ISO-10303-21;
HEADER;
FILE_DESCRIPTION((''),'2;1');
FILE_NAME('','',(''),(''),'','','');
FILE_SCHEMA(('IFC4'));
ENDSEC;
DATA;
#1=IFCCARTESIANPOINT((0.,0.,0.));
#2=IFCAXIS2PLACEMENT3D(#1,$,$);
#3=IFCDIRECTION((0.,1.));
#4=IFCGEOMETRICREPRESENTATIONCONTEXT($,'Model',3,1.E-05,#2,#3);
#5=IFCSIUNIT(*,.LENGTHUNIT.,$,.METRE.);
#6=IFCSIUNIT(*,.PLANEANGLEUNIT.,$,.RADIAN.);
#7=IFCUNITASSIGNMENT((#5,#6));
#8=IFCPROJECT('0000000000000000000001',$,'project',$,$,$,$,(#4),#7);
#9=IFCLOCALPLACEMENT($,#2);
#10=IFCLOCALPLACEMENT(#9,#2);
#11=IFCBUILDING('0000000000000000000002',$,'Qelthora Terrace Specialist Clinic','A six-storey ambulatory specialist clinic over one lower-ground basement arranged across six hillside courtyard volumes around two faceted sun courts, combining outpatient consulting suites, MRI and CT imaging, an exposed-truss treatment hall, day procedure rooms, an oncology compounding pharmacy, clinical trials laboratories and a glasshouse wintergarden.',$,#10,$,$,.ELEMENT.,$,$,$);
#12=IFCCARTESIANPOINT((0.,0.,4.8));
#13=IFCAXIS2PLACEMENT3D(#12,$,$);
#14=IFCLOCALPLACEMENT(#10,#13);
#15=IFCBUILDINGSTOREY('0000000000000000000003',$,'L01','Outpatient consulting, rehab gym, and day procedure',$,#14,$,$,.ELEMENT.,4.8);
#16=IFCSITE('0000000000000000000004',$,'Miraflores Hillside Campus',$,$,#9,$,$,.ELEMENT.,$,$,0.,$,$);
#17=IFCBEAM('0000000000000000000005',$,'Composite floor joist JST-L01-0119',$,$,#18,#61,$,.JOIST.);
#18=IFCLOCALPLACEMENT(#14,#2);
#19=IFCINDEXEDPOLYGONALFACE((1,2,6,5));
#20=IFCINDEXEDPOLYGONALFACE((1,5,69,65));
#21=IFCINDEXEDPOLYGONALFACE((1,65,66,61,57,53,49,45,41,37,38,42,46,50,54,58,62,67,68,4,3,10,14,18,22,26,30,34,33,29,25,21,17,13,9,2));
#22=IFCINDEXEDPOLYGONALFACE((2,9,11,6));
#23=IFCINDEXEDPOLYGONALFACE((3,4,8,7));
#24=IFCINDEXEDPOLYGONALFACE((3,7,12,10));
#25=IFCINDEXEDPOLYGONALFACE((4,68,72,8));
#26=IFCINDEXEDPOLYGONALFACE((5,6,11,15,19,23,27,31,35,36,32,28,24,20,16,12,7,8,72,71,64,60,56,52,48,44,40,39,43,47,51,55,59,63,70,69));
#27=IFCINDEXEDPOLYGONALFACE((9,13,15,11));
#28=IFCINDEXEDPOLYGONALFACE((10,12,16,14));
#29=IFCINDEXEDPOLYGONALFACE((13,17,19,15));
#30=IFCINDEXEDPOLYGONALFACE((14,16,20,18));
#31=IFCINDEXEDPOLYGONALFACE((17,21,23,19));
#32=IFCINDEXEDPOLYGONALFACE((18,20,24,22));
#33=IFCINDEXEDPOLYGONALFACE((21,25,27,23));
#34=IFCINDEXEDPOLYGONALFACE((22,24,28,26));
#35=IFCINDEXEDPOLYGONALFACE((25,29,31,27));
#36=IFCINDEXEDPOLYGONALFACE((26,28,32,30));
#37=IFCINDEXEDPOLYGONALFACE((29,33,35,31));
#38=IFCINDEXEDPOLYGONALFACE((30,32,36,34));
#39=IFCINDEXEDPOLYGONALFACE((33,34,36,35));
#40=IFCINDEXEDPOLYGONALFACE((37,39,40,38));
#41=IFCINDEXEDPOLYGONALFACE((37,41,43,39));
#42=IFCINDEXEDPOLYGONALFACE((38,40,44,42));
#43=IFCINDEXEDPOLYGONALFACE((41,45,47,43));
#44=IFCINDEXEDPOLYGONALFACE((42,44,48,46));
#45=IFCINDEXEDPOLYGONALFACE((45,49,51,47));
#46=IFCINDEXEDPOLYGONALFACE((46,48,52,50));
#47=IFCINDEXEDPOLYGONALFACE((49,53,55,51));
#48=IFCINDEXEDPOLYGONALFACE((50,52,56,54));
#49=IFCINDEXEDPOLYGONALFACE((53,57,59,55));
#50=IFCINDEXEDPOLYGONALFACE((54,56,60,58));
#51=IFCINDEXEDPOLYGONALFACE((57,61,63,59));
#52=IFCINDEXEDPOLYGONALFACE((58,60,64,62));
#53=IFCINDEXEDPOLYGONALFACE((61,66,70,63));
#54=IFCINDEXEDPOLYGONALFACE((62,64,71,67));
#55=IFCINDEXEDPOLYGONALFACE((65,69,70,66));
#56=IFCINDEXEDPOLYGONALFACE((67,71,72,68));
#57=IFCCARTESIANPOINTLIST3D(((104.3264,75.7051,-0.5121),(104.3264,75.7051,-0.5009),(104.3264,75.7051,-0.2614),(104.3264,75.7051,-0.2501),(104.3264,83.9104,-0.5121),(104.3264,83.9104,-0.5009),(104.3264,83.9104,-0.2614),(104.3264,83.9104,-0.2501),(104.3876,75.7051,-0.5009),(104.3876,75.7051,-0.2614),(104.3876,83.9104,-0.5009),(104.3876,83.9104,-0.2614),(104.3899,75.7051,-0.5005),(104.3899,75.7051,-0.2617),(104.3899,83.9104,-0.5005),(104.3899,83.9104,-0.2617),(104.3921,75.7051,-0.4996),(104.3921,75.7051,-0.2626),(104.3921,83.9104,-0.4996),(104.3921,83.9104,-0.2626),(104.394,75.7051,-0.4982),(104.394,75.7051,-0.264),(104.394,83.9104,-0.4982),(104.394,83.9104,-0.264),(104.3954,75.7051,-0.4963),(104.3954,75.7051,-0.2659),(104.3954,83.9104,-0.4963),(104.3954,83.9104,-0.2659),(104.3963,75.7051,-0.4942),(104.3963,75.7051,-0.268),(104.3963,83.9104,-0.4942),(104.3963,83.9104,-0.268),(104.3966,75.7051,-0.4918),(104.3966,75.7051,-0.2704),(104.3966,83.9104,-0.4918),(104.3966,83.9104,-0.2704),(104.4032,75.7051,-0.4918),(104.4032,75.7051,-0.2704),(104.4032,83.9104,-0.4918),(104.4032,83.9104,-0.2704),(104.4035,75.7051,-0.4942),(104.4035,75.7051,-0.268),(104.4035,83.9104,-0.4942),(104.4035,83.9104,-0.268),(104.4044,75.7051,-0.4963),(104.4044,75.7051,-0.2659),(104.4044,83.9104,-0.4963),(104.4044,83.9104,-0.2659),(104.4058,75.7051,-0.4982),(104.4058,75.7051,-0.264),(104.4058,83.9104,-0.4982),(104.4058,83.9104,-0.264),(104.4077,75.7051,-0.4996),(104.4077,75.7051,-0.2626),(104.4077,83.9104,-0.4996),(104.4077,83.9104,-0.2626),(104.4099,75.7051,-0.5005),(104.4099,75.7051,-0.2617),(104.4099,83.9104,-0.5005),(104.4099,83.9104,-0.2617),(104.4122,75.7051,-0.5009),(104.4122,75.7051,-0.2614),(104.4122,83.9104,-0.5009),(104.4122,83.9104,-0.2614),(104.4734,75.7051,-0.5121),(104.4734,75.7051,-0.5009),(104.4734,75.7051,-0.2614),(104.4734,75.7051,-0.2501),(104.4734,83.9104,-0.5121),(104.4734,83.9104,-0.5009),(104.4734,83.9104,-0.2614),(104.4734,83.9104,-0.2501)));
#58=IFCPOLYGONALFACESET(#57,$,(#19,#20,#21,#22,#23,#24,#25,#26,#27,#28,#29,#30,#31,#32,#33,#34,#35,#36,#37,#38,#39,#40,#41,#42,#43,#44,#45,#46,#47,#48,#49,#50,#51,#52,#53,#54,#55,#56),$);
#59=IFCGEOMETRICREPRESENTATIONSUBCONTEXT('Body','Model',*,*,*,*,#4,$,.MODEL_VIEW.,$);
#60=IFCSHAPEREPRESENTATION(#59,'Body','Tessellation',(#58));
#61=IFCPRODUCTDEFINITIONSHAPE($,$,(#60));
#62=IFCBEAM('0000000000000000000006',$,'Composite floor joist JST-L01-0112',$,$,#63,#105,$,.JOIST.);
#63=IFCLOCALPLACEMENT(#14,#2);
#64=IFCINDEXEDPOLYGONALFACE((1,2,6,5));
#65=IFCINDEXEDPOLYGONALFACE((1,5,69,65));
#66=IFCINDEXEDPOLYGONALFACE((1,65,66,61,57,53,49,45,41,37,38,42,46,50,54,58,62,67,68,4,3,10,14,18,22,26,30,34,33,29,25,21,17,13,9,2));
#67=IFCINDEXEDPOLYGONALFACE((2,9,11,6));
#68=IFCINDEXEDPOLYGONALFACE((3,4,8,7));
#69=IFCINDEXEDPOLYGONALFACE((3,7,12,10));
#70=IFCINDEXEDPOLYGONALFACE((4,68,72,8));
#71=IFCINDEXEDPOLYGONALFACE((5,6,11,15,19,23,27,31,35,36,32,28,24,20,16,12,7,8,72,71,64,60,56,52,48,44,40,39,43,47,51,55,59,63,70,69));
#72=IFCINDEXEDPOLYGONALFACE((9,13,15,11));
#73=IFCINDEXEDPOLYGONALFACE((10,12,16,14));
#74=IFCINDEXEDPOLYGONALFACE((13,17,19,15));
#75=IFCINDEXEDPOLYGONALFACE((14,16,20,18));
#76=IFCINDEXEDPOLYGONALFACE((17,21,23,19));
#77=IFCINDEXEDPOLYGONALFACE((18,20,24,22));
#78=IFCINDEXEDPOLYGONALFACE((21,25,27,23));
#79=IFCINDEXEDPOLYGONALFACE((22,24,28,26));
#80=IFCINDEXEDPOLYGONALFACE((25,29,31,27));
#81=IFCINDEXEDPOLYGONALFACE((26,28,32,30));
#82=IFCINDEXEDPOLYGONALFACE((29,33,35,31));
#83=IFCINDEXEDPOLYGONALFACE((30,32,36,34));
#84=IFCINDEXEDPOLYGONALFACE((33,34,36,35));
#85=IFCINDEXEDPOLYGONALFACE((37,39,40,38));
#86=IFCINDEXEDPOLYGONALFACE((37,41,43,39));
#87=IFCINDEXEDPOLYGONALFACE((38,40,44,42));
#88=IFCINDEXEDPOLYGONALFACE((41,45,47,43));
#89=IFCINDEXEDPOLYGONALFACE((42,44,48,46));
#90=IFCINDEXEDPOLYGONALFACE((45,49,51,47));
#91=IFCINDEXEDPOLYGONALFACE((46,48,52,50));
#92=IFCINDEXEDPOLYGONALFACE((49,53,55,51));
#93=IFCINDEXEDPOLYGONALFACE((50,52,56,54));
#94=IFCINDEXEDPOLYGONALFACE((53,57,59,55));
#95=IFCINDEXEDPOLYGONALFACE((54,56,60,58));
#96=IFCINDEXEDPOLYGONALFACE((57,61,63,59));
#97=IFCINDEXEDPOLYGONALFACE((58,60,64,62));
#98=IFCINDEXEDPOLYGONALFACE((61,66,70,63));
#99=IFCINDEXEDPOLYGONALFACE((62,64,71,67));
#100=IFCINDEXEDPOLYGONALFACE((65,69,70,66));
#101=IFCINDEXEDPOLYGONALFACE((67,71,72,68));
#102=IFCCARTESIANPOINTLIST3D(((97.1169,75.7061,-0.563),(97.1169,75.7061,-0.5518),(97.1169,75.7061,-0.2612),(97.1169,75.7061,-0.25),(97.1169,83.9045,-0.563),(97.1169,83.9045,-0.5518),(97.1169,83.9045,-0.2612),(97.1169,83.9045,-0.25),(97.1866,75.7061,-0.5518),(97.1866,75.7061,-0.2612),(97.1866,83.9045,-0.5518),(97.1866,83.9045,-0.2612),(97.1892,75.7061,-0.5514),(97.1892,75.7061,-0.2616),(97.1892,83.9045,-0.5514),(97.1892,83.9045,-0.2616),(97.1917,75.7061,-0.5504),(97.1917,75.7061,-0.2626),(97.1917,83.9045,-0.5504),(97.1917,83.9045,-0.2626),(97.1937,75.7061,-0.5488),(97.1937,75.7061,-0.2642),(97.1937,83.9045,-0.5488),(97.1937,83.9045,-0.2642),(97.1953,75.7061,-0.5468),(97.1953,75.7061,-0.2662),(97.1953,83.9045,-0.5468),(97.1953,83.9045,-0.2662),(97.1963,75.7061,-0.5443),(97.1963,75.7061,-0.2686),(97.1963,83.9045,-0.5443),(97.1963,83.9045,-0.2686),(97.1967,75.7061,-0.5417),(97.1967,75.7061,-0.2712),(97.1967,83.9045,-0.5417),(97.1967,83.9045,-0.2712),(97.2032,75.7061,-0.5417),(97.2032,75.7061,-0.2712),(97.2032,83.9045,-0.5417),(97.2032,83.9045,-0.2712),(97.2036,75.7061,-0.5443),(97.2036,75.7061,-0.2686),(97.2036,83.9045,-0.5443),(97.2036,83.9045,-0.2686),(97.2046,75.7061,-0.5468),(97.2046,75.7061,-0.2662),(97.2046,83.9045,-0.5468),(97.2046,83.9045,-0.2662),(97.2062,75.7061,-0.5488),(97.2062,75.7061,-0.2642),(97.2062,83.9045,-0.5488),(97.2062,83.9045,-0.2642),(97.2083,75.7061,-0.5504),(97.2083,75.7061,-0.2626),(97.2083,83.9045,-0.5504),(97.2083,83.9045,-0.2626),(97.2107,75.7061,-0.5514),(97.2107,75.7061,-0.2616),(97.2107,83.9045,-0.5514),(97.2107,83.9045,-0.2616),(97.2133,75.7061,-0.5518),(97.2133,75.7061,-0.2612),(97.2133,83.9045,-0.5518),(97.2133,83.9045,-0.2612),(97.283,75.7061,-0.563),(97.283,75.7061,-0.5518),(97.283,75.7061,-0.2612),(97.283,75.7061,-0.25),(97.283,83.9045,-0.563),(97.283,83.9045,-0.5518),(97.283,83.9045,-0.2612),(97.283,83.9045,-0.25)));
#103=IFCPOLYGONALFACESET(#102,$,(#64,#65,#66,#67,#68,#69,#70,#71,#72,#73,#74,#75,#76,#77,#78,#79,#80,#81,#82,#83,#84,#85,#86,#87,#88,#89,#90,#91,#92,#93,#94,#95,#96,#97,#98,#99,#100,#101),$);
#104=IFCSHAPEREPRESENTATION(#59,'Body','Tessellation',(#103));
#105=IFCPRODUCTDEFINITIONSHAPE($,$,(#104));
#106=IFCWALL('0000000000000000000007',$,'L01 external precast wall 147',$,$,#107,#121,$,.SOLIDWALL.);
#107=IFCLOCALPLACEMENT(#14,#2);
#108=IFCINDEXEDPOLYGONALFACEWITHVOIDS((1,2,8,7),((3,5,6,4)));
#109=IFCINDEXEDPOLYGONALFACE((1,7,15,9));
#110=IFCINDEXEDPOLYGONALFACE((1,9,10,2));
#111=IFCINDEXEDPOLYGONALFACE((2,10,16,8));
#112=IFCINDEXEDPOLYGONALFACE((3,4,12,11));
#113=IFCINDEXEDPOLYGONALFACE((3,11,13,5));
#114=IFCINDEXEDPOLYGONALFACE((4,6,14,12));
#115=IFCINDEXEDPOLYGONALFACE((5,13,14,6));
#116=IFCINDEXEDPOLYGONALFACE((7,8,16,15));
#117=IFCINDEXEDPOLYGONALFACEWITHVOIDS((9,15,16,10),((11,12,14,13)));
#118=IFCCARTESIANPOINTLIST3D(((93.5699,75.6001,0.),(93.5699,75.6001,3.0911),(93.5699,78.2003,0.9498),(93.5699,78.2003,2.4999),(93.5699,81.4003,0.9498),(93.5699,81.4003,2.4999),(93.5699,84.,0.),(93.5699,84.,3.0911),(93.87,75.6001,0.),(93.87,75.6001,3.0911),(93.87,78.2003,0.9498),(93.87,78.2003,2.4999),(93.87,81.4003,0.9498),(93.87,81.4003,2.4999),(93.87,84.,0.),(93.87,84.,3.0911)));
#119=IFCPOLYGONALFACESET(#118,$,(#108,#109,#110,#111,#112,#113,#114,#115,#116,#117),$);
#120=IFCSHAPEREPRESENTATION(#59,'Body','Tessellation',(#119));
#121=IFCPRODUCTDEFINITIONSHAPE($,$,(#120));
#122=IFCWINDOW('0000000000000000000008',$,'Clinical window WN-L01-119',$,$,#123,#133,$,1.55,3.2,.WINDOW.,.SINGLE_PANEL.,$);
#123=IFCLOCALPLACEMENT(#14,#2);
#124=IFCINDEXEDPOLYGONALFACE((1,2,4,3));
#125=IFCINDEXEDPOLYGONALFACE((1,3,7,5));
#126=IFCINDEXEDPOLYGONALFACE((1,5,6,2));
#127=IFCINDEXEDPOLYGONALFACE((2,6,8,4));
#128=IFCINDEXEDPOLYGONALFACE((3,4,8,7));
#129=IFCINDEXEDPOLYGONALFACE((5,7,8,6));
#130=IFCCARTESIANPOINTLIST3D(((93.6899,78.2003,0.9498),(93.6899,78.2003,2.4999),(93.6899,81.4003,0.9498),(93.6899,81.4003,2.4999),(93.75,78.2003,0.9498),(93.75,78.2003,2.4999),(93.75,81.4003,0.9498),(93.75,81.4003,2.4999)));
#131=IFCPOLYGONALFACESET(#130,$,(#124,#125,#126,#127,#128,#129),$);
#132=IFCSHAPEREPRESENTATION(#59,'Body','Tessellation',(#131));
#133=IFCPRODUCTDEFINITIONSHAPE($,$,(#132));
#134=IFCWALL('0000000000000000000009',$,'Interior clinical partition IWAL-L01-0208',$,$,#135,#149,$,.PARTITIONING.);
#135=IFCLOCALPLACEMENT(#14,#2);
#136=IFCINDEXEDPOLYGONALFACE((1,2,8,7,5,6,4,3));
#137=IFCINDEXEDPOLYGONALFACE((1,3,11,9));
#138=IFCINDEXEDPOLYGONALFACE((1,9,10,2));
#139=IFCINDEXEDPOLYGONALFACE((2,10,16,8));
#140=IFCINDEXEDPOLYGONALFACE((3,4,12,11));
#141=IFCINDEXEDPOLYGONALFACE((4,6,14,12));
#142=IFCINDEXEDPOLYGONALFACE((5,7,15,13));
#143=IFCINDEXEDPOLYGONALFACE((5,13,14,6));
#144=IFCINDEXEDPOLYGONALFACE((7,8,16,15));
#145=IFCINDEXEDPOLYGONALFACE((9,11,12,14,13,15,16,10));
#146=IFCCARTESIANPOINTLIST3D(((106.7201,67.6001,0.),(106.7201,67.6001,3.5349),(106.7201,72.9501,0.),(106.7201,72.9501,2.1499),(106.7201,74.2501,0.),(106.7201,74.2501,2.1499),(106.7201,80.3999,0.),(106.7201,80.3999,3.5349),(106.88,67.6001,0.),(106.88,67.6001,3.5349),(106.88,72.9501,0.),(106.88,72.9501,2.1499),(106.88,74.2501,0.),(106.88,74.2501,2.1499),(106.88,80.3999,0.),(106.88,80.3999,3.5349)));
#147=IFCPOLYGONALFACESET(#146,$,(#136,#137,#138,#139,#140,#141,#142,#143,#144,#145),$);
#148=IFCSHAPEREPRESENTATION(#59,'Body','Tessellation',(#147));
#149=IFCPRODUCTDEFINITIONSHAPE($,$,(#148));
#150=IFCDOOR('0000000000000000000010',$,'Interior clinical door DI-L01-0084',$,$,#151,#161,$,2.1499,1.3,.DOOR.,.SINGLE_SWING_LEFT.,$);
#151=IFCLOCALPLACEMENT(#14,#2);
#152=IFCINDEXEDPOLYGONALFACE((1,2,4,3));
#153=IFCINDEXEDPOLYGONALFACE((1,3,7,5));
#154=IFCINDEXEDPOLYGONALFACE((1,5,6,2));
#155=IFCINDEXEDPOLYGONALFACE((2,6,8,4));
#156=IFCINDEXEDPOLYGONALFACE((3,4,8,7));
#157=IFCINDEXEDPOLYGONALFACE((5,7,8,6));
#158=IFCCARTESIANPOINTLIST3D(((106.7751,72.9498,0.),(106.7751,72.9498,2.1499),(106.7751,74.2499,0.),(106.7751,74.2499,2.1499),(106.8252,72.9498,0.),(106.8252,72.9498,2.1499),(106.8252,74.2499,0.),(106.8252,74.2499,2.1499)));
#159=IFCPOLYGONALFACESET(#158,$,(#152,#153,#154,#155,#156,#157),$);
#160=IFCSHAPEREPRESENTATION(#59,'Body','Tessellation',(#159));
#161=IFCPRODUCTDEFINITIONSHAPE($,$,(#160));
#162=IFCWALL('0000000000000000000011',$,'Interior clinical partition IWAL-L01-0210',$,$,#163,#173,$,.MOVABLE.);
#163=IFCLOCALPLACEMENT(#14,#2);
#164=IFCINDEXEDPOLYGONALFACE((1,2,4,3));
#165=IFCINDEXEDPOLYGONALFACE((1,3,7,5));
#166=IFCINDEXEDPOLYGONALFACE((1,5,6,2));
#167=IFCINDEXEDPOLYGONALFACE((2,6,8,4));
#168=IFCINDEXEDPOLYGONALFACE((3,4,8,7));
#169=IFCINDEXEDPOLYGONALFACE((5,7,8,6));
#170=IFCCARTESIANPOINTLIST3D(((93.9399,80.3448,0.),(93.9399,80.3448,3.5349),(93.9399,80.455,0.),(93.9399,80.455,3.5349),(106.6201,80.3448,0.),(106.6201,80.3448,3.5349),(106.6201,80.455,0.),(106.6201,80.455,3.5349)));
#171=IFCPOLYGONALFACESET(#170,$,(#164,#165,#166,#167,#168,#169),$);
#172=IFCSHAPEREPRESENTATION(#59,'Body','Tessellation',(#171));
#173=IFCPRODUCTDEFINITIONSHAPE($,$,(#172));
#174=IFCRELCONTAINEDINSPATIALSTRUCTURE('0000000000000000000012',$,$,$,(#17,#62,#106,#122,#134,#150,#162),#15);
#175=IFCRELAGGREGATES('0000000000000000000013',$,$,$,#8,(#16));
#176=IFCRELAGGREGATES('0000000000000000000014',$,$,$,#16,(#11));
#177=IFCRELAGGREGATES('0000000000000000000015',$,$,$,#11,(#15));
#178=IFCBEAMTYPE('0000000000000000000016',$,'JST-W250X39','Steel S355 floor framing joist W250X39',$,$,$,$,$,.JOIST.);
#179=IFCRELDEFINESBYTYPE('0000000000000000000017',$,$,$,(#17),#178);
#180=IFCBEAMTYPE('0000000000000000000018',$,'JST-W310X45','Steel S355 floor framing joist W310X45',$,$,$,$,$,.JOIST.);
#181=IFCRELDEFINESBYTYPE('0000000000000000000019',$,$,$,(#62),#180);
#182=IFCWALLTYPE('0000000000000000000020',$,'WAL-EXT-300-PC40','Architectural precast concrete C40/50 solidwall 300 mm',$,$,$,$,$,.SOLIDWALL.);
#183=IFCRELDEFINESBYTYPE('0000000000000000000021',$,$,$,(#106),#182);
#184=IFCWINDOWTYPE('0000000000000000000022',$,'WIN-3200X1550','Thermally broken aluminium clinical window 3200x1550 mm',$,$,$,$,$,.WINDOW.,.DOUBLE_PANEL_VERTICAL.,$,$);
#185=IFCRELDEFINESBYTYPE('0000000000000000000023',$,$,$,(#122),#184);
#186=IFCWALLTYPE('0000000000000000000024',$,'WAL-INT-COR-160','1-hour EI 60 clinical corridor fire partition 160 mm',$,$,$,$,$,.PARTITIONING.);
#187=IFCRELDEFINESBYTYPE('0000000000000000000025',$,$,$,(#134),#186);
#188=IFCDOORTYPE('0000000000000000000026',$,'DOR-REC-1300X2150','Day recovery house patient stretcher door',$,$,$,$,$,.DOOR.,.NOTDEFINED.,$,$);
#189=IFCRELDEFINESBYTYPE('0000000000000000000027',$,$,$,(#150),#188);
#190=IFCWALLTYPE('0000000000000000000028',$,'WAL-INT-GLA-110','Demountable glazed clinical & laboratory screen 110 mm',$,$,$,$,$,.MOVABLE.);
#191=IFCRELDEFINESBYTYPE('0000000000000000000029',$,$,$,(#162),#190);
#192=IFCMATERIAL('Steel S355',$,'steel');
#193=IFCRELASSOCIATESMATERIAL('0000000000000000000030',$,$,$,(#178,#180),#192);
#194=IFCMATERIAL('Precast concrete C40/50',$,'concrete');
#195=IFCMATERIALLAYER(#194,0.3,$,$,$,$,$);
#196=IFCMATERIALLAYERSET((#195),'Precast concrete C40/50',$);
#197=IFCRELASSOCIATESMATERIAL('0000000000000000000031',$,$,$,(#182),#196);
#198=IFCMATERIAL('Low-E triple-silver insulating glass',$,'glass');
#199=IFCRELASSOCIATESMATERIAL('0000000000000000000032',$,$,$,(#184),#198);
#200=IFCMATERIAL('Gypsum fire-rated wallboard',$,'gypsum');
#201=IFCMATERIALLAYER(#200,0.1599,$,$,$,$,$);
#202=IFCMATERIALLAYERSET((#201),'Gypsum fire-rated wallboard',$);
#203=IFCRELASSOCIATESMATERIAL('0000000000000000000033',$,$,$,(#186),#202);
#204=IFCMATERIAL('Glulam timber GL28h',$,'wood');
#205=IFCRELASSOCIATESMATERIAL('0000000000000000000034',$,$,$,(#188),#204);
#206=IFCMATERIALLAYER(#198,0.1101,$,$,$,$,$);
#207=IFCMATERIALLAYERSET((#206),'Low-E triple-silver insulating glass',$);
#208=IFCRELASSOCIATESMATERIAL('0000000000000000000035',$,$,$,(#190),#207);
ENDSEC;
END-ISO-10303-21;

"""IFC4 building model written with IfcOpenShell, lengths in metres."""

from ifc_helpers import new_model, si_unit, direction, frame, frame_2d, origin, origin_2d, place, context, subcontext, project, spatial, rectangle, i_section, extrude, material, layer, layer_set, material_profile, profile_set, type_object, element, fill, save


model = new_model("IFC4")

# Units and contexts
model_context = context("Model", 3, precision=1e-05, world=origin(), true_north=direction((0.0, 1.0)))
body_context = subcontext(model_context, "Body", "Model", "MODEL_VIEW")
ifc_project = project(units=[si_unit("LENGTHUNIT", "METRE"), si_unit("PLANEANGLEUNIT", "RADIAN")], contexts=[model_context])

# Site, building, storey
site_placement = place(None, origin())
site = spatial("IfcSite", under=ifc_project, at=site_placement, Name="Miraflores Hillside Campus", CompositionType="ELEMENT", RefElevation=0.0)
building_placement = place(site_placement, origin())
building = spatial("IfcBuilding", under=site, at=building_placement, Name="Qelthora Terrace Specialist Clinic", Description="A six-storey ambulatory specialist clinic over one lower-ground basement arranged across six hillside courtyard volumes around two faceted sun courts, combining outpatient consulting suites, MRI and CT imaging, an exposed-truss treatment hall, day procedure rooms, an oncology compounding pharmacy, clinical trials laboratories and a glasshouse wintergarden.", CompositionType="ELEMENT")
storey_placement = place(building_placement, frame((0.0, 0.0, 4.8)))
storey = spatial("IfcBuildingStorey", under=building, at=storey_placement, Name="L01", Description="Outpatient consulting, rehab gym, and day procedure", CompositionType="ELEMENT", Elevation=4.8)

# Shared definitions
ifc_material_1 = material(Name="Steel S355", Category="steel")

# Beams
ifc_material_profile_1 = material_profile(ifc_material_1, i_section(OverallWidth=0.147, OverallDepth=0.262, WebThickness=0.0066, FlangeThickness=0.0112, FilletRadius=0.009, at=origin_2d()), Name="W250X39")
ifc_profile_set_1 = profile_set([ifc_material_profile_1], Name="Steel S355")
beam_type_1 = type_object("IfcBeamType", Name="JST-W250X39", Description="Steel S355 floor framing joist W250X39", PredefinedType="JOIST", material=ifc_profile_set_1)
beam_1_placement = place(storey_placement, frame((104.3999, 75.7051, -0.3811), z_axis=(0.0, 1.0, 0.0), x_axis=(-1.0, 0.0, 0.0)))
element("IfcBeam", 1, at=beam_1_placement, inside=storey, type_object=beam_type_1, Name="Composite floor joist JST-L01-0119", PredefinedType="JOIST", context=body_context, shape_type="SweptSolid", body=[
    extrude(i_section(OverallWidth=0.147, OverallDepth=0.262, WebThickness=0.0066, FlangeThickness=0.0112, FilletRadius=0.009, at=origin_2d()), origin(), (0.0, 0.0, 1.0), 8.2053),
])
ifc_material_profile_2 = material_profile(ifc_material_1, i_section(OverallWidth=0.166, OverallDepth=0.313, WebThickness=0.0066, FlangeThickness=0.0112, FilletRadius=0.01, at=origin_2d()), Name="W310X45")
ifc_profile_set_2 = profile_set([ifc_material_profile_2], Name="Steel S355")
beam_type_2 = type_object("IfcBeamType", Name="JST-W310X45", Description="Steel S355 floor framing joist W310X45", PredefinedType="JOIST", material=ifc_profile_set_2)
beam_2_placement = place(storey_placement, frame((97.2, 75.7061, -0.4065), z_axis=(0.0, 1.0, 0.0), x_axis=(-1.0, 0.0, 0.0)))
element("IfcBeam", 2, at=beam_2_placement, inside=storey, type_object=beam_type_2, Name="Composite floor joist JST-L01-0112", PredefinedType="JOIST", context=body_context, shape_type="SweptSolid", body=[
    extrude(i_section(OverallWidth=0.166, OverallDepth=0.313, WebThickness=0.0066, FlangeThickness=0.0112, FilletRadius=0.01, at=origin_2d()), origin(), (0.0, 0.0, 1.0), 8.1985),
])

# Wall, opening, window
ifc_material_2 = material(Name="Precast concrete C40/50", Category="concrete")
ifc_layer_1 = layer(ifc_material_2, 0.3)
ifc_layer_set_1 = layer_set([ifc_layer_1], Name="Precast concrete C40/50")
wall_type_1 = type_object("IfcWallType", Name="WAL-EXT-300-PC40", Description="Architectural precast concrete C40/50 solidwall 300 mm", PredefinedType="SOLIDWALL", material=ifc_layer_set_1)
wall_1_placement = place(storey_placement, frame((93.72, 75.6001, 0.0), z_axis=(0.0, 0.0, 1.0), x_axis=(0.0, 1.0, 0.0)))
wall_1 = element("IfcWall", 3, at=wall_1_placement, inside=storey, type_object=wall_type_1, Name="L01 external precast wall 147", PredefinedType="SOLIDWALL", context=body_context, shape_type="SweptSolid", body=[
    extrude(rectangle(XDim=8.3999, YDim=0.3, at=frame_2d((4.2, 0.0))), origin(), (0.0, 0.0, 1.0), 3.0911),
])
opening_1_placement = place(wall_1_placement, frame((2.6001, 0.0, 0.95)))
opening_1 = element("IfcOpeningElement", 4, at=opening_1_placement, cuts=wall_1, PredefinedType="OPENING", context=body_context, shape_type="SweptSolid", body=[
    extrude(rectangle(XDim=3.2, YDim=1.55, at=frame_2d((1.6001, 0.7749))), frame((0.0, 0.1599, 0.0), z_axis=(0.0, -1.0, 0.0), x_axis=(1.0, 0.0, 0.0)), (0.0, 0.0, 1.0), 0.3201),
])
ifc_material_3 = material(Name="Low-E triple-silver insulating glass", Category="glass")
window_type = type_object("IfcWindowType", Name="WIN-3200X1550", Description="Thermally broken aluminium clinical window 3200x1550 mm", PartitioningType="DOUBLE_PANEL_VERTICAL", PredefinedType="WINDOW", material=ifc_material_3)
window_placement = place(opening_1_placement, origin())
window = element("IfcWindow", 5, at=window_placement, inside=storey, type_object=window_type, Name="Clinical window WN-L01-119", OverallHeight=1.55, OverallWidth=3.2, PartitioningType="SINGLE_PANEL", PredefinedType="WINDOW", context=body_context, shape_type="SweptSolid", body=[
    extrude(rectangle(XDim=3.2, YDim=1.55, at=frame_2d((1.6001, 0.7749))), frame((0.0, 0.03, 0.0), z_axis=(0.0, -1.0, 0.0), x_axis=(1.0, 0.0, 0.0)), (0.0, 0.0, 1.0), 0.0601),
])
fill(opening_1, window)

# Wall, opening, door
ifc_material_4 = material(Name="Gypsum fire-rated wallboard", Category="gypsum")
ifc_layer_2 = layer(ifc_material_4, 0.1599)
ifc_layer_set_2 = layer_set([ifc_layer_2], Name="Gypsum fire-rated wallboard")
wall_type_2 = type_object("IfcWallType", Name="WAL-INT-COR-160", Description="1-hour EI 60 clinical corridor fire partition 160 mm", PredefinedType="PARTITIONING", material=ifc_layer_set_2)
wall_2_placement = place(storey_placement, frame((106.8, 80.3999, 0.0), z_axis=(0.0, 0.0, 1.0), x_axis=(0.0, -1.0, 0.0)))
wall_2 = element("IfcWall", 6, at=wall_2_placement, inside=storey, type_object=wall_type_2, Name="Interior clinical partition IWAL-L01-0208", PredefinedType="PARTITIONING", context=body_context, shape_type="SweptSolid", body=[
    extrude(rectangle(XDim=12.7998, YDim=0.1599, at=frame_2d((6.3999, 0.0))), origin(), (0.0, 0.0, 1.0), 3.5349),
])
opening_2_placement = place(wall_2_placement, frame((6.1499, 0.0, 0.0)))
opening_2 = element("IfcOpeningElement", 7, at=opening_2_placement, cuts=wall_2, PredefinedType="OPENING", context=body_context, shape_type="SweptSolid", body=[
    extrude(rectangle(XDim=1.3, YDim=2.1499, at=frame_2d((0.6499, 1.075))), frame((0.0, 0.0898, 0.0), z_axis=(0.0, -1.0, 0.0), x_axis=(1.0, 0.0, 0.0)), (0.0, 0.0, 1.0), 0.1799),
])
ifc_material_5 = material(Name="Glulam timber GL28h", Category="wood")
door_type = type_object("IfcDoorType", Name="DOR-REC-1300X2150", Description="Day recovery house patient stretcher door", OperationType="NOTDEFINED", PredefinedType="DOOR", material=ifc_material_5)
door_placement = place(opening_2_placement, frame((1.3, 0.0, 0.0), z_axis=(0.0, 0.0, 1.0), x_axis=(-1.0, 0.0, 0.0)))
door = element("IfcDoor", 8, at=door_placement, inside=storey, type_object=door_type, Name="Interior clinical door DI-L01-0084", OperationType="SINGLE_SWING_LEFT", OverallHeight=2.1499, OverallWidth=1.3, PredefinedType="DOOR", context=body_context, shape_type="SweptSolid", body=[
    extrude(rectangle(XDim=1.3, YDim=2.1499, at=frame_2d((0.6499, 1.075))), frame((0.0, 0.0249, 0.0), z_axis=(0.0, -1.0, 0.0), x_axis=(1.0, 0.0, 0.0)), (0.0, 0.0, 1.0), 0.05),
])
fill(opening_2, door)

# Wall
ifc_layer_3 = layer(ifc_material_3, 0.1101)
ifc_layer_set_3 = layer_set([ifc_layer_3], Name="Low-E triple-silver insulating glass")
wall_type_3 = type_object("IfcWallType", Name="WAL-INT-GLA-110", Description="Demountable glazed clinical & laboratory screen 110 mm", PredefinedType="MOVABLE", material=ifc_layer_set_3)
wall_3_placement = place(storey_placement, frame((93.9399, 80.3999, 0.0), z_axis=(0.0, 0.0, 1.0), x_axis=(1.0, 0.0, 0.0)))
element("IfcWall", 9, at=wall_3_placement, inside=storey, type_object=wall_type_3, Name="Interior clinical partition IWAL-L01-0210", PredefinedType="MOVABLE", context=body_context, shape_type="SweptSolid", body=[
    extrude(rectangle(XDim=12.6802, YDim=0.1101, at=frame_2d((6.3401, 0.0))), origin(), (0.0, 0.0, 1.0), 3.5349),
])

save(model, "model.ifc")
